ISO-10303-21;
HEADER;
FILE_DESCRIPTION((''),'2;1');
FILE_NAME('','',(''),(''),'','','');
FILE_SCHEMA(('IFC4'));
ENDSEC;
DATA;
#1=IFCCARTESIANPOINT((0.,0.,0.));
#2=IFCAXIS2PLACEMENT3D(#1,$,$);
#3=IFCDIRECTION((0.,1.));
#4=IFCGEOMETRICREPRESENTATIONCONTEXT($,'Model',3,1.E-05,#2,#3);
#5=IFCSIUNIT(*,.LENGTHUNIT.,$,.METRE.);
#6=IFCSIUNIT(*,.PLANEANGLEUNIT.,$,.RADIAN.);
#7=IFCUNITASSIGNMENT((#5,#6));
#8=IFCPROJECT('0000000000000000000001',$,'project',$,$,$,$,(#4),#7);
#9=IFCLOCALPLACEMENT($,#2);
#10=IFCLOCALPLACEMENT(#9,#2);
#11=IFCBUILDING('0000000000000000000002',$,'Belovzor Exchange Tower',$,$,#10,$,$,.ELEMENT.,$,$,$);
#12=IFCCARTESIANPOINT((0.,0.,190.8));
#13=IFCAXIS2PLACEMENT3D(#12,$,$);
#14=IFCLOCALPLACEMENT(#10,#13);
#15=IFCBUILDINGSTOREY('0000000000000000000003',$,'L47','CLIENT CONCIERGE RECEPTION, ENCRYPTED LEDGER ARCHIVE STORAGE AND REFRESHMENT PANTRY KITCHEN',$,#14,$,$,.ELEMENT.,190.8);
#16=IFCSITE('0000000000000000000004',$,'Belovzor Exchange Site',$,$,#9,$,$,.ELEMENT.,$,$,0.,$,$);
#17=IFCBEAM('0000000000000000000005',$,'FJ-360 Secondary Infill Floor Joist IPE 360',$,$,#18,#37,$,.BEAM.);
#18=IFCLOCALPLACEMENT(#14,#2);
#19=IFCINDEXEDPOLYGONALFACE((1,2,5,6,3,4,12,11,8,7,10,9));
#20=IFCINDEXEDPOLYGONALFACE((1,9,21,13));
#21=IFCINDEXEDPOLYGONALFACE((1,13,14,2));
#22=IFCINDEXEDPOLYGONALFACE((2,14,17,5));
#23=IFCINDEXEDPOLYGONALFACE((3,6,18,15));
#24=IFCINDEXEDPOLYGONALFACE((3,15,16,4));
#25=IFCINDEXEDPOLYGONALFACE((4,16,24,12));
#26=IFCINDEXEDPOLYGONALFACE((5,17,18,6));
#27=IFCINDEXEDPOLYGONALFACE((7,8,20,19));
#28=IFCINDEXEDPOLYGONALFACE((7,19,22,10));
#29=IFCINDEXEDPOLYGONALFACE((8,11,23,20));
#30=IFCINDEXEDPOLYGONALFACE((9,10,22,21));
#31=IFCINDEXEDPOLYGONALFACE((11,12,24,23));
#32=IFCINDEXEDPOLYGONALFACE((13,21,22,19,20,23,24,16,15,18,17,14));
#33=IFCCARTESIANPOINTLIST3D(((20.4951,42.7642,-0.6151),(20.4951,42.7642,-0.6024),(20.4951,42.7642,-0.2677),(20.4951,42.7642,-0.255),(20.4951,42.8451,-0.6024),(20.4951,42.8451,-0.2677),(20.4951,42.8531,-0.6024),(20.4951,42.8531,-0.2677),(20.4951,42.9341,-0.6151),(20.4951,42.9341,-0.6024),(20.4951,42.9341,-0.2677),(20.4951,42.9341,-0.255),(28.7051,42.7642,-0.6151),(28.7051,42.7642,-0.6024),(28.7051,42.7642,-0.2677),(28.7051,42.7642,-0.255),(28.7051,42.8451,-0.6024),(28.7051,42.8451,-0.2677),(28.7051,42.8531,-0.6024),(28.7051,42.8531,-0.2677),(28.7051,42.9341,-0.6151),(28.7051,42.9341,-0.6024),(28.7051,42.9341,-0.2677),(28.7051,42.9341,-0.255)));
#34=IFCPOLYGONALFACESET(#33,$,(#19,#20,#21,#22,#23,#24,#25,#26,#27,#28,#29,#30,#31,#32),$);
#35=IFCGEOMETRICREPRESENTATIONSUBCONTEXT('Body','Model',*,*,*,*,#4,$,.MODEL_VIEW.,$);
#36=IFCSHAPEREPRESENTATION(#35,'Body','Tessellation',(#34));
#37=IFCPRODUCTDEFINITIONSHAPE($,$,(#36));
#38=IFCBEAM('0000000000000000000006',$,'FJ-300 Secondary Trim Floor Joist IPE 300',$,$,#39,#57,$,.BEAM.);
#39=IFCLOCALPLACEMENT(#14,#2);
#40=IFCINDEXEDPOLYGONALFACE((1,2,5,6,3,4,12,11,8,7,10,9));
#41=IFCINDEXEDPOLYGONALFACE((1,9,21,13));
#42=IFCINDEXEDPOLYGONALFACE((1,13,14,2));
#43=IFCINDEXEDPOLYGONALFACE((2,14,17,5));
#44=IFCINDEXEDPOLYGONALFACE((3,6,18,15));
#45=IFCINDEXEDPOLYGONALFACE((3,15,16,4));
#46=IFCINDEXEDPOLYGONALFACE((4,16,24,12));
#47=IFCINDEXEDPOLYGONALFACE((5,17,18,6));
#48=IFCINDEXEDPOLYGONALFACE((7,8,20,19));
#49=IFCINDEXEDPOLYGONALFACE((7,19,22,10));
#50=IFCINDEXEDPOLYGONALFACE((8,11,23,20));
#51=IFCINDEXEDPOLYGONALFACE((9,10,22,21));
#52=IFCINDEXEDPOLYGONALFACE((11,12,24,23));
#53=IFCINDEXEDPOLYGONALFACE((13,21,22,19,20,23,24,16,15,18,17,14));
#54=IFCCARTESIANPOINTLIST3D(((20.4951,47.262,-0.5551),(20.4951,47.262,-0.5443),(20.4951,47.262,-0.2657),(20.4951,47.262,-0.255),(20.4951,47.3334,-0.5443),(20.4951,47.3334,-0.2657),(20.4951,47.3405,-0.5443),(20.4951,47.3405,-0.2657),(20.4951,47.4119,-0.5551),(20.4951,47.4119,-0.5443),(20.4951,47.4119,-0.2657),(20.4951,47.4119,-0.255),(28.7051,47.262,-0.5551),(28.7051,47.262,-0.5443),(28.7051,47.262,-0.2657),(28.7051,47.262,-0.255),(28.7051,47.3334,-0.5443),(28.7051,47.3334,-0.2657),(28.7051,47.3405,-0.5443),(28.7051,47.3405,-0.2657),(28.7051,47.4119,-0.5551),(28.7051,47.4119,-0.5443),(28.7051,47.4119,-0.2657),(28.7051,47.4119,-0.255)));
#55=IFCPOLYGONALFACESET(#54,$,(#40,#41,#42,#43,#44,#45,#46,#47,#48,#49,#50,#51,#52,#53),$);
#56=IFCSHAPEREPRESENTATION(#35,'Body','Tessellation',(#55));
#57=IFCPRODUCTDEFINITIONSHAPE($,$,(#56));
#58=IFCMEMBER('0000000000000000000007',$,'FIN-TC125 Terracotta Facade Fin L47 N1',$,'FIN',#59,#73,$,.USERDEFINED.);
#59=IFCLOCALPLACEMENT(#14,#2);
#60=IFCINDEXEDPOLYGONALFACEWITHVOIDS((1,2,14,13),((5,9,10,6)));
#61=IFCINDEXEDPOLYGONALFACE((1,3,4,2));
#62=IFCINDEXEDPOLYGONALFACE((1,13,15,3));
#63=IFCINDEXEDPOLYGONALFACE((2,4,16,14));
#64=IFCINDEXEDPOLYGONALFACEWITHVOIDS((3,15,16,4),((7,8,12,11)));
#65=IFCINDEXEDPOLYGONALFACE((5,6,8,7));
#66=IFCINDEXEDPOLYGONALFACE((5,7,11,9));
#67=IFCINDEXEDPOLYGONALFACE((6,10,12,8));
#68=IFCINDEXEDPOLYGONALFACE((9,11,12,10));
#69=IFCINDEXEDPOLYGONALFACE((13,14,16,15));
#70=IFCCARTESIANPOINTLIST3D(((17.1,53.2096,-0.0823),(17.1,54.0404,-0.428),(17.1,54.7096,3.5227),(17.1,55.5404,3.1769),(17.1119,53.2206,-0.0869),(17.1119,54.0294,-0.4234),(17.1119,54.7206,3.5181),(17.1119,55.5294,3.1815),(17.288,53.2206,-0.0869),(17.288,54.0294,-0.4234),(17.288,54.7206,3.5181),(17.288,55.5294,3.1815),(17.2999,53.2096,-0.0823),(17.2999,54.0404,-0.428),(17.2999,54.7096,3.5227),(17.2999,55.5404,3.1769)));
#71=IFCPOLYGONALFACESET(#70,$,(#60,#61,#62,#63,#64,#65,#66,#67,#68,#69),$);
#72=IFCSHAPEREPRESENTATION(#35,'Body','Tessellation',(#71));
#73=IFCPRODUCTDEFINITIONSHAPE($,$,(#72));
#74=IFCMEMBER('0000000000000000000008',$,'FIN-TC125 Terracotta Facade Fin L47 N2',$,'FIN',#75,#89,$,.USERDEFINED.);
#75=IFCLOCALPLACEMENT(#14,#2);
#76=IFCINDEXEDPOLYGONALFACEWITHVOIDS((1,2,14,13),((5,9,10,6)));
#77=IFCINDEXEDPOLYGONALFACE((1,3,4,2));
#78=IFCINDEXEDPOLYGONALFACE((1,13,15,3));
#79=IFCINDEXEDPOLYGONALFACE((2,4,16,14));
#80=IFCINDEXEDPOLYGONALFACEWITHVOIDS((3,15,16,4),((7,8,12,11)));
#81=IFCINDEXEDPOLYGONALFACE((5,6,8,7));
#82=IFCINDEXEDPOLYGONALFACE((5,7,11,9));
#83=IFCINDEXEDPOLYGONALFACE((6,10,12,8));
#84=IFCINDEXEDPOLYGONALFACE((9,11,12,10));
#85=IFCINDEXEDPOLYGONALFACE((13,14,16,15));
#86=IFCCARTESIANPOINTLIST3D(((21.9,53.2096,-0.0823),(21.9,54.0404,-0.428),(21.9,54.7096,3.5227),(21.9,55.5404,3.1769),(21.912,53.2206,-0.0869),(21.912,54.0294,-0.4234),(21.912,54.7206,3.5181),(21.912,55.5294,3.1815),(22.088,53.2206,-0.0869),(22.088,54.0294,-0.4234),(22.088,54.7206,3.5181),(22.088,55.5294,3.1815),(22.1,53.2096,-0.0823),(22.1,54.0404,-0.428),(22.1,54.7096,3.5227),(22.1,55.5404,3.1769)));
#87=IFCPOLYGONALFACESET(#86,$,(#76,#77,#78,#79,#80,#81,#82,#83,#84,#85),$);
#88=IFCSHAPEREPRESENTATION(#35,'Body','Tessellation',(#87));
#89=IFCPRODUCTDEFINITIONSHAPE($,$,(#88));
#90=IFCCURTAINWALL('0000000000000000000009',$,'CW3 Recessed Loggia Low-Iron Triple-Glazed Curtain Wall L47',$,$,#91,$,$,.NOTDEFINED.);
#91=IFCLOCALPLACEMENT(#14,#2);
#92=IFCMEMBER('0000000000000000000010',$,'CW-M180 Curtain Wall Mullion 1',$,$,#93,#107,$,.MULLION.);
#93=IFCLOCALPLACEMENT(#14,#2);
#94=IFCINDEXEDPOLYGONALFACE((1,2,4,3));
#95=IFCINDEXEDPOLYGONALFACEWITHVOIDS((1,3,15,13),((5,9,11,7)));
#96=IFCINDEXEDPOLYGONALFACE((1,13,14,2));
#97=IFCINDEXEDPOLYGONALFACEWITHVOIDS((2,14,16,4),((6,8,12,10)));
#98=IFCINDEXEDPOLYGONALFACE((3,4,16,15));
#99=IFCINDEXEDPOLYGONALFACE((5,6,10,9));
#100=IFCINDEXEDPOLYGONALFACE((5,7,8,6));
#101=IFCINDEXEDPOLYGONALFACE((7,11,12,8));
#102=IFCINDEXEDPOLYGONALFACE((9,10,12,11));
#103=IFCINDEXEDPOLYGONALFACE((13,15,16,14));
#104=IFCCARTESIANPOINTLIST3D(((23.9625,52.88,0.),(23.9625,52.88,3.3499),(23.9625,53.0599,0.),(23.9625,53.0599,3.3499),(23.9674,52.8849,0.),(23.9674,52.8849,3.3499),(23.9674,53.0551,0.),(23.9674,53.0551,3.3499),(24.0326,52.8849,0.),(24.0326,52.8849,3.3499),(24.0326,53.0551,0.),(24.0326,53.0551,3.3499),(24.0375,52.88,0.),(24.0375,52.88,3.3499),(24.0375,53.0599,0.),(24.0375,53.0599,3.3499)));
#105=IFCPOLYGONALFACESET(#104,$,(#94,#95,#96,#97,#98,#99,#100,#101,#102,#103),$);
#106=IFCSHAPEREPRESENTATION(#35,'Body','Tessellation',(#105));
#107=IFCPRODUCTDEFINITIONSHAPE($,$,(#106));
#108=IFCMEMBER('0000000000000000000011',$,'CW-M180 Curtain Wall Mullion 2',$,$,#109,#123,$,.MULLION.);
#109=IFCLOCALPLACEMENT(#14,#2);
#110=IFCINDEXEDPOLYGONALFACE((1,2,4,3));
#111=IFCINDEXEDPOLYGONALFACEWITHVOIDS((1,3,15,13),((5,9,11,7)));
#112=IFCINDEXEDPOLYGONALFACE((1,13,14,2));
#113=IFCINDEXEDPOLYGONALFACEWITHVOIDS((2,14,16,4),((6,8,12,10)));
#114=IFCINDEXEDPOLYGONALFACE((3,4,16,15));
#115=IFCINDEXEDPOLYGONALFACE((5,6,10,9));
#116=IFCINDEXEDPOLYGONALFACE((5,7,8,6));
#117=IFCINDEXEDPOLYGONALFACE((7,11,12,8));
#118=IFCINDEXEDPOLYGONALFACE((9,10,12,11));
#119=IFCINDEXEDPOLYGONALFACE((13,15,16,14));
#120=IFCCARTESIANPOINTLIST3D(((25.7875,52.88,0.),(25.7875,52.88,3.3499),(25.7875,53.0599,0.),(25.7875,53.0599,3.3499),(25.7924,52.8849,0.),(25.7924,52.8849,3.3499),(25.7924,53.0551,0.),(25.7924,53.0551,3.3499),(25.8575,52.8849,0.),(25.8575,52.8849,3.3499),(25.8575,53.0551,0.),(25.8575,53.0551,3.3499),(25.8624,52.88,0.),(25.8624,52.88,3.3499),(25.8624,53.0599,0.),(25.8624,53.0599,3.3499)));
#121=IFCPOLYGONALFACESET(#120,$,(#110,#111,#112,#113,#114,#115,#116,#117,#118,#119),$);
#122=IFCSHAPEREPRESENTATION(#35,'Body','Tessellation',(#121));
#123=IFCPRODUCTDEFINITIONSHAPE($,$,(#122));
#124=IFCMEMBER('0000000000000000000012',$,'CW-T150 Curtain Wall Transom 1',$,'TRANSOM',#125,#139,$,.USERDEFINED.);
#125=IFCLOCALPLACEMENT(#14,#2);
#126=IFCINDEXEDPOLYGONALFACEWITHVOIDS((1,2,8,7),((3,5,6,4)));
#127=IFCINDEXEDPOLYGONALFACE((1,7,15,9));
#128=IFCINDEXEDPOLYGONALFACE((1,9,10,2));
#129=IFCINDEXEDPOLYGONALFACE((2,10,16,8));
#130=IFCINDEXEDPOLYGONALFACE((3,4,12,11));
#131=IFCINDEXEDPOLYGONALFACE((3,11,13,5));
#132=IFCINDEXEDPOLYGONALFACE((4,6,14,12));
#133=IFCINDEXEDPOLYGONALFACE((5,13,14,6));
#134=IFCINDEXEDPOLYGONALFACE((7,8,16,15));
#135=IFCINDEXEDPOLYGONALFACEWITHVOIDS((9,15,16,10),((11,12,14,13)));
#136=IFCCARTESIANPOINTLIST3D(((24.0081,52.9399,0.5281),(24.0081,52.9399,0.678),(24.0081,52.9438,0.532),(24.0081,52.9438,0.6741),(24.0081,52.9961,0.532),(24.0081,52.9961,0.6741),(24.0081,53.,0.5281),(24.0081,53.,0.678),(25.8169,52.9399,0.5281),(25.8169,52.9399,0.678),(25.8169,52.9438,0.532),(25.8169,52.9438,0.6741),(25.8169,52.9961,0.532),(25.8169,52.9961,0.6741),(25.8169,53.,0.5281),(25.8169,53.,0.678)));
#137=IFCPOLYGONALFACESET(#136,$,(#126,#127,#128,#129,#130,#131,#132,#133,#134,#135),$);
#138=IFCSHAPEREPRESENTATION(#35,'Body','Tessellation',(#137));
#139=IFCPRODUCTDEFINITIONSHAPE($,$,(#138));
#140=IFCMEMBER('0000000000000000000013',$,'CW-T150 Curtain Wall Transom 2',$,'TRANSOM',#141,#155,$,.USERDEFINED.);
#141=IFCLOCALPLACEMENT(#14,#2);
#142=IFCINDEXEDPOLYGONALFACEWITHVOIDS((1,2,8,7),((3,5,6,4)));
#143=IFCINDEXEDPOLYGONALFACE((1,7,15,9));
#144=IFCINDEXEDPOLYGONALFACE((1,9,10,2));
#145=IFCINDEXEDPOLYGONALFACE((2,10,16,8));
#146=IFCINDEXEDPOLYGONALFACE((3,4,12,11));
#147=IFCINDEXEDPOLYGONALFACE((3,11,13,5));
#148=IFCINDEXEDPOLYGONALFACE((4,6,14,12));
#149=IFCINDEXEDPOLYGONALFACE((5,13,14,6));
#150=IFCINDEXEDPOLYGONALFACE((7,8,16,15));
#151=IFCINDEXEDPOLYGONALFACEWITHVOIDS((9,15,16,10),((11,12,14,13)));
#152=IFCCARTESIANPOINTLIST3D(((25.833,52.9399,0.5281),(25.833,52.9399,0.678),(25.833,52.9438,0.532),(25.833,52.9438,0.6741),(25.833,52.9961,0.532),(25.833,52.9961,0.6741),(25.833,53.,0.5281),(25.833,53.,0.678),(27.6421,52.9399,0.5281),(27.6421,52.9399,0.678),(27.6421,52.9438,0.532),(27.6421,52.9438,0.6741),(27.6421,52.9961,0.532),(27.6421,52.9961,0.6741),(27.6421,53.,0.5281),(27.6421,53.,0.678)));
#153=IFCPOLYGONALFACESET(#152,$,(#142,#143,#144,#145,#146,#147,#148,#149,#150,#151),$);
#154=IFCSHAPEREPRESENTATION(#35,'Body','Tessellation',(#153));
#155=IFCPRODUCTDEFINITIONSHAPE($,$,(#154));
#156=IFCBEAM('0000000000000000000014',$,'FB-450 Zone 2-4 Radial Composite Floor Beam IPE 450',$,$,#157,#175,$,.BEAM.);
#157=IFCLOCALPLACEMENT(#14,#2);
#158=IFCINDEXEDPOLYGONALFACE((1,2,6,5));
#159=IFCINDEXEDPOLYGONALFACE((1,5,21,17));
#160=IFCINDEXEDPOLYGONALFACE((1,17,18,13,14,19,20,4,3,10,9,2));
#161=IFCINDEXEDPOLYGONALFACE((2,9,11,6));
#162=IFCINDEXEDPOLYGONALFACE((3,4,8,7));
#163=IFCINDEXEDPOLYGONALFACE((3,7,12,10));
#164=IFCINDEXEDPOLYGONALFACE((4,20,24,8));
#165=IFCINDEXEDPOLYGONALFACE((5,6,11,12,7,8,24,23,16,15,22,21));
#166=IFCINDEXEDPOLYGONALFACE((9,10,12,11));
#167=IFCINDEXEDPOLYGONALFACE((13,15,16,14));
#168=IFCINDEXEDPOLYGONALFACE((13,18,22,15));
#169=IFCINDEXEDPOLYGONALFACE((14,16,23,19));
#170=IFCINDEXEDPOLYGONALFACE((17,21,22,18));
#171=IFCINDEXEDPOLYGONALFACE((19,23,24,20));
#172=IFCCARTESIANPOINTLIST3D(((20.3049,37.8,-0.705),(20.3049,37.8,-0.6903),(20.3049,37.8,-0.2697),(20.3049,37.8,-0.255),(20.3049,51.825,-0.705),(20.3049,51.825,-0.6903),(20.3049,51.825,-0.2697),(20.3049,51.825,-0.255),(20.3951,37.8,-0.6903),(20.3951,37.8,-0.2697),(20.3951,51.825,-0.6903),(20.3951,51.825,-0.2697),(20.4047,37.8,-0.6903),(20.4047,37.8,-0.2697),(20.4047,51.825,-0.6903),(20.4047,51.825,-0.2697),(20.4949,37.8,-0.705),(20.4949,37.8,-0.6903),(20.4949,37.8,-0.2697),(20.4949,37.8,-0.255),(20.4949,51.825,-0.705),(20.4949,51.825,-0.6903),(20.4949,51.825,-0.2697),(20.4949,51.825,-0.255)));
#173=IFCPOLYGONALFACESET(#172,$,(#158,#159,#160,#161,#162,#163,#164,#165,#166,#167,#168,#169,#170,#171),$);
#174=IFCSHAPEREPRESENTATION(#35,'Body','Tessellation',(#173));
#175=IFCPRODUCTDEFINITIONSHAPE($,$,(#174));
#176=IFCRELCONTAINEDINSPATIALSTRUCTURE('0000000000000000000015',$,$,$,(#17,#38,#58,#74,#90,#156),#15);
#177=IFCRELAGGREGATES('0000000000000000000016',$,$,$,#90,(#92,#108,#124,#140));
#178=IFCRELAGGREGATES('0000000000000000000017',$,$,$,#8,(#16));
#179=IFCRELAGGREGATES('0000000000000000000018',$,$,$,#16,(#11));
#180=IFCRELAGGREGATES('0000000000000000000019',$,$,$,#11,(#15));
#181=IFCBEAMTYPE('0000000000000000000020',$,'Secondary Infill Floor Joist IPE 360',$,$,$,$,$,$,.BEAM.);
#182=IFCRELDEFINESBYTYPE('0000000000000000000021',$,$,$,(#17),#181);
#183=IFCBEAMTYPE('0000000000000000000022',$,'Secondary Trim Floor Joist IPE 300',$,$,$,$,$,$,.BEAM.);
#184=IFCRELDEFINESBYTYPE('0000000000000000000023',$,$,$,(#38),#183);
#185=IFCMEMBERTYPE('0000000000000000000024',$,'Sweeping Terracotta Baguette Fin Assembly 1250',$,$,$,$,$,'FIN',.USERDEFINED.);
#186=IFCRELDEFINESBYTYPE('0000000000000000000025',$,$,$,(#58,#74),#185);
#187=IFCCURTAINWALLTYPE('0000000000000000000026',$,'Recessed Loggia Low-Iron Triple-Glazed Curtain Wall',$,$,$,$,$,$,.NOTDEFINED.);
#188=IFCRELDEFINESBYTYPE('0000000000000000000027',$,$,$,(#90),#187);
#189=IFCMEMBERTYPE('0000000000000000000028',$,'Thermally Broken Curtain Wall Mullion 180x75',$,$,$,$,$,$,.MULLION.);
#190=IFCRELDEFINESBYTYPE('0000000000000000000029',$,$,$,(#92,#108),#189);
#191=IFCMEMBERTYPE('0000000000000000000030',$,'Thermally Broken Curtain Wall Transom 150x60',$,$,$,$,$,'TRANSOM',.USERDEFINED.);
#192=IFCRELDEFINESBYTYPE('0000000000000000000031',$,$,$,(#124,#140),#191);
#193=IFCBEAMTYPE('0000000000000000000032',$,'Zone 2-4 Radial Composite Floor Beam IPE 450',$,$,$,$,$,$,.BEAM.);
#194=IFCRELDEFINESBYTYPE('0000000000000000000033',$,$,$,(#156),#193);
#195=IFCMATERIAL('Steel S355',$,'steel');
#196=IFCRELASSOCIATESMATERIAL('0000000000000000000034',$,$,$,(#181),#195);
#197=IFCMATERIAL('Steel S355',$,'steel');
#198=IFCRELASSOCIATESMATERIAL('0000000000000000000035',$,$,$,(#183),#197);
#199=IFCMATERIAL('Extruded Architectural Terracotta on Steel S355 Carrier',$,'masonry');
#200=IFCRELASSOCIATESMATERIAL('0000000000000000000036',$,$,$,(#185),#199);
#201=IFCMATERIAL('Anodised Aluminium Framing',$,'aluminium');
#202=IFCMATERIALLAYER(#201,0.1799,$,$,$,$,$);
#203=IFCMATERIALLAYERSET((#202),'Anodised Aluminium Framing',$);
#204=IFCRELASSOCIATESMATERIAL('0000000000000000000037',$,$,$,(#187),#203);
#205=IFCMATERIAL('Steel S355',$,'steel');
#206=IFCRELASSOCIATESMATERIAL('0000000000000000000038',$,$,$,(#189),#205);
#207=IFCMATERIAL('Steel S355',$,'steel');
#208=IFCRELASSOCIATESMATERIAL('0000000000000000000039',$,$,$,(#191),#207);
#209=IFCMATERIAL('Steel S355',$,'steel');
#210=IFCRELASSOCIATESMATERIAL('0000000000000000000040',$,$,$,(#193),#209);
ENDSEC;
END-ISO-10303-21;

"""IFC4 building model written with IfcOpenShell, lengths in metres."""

from ifc_helpers import new_model, si_unit, direction, frame, origin, origin_2d, place, context, subcontext, project, spatial, hollow_rectangle, i_section, extrude, material, layer, layer_set, material_profile, profile_set, type_object, element, aggregate, save


model = new_model("IFC4")

# Units and contexts
model_context = context("Model", 3, precision=1e-05, world=origin(), true_north=direction((0.0, 1.0)))
body_context = subcontext(model_context, "Body", "Model", "MODEL_VIEW")
ifc_project = project(units=[si_unit("LENGTHUNIT", "METRE"), si_unit("PLANEANGLEUNIT", "RADIAN")], contexts=[model_context])

# Site, building, storey
site_placement = place(None, origin())
site = spatial("IfcSite", under=ifc_project, at=site_placement, Name="Belovzor Exchange Site", CompositionType="ELEMENT", RefElevation=0.0)
building_placement = place(site_placement, origin())
building = spatial("IfcBuilding", under=site, at=building_placement, Name="Belovzor Exchange Tower", CompositionType="ELEMENT")
storey_placement = place(building_placement, frame((0.0, 0.0, 190.8)))
storey = spatial("IfcBuildingStorey", under=building, at=storey_placement, Name="L47", Description="CLIENT CONCIERGE RECEPTION, ENCRYPTED LEDGER ARCHIVE STORAGE AND REFRESHMENT PANTRY KITCHEN", CompositionType="ELEMENT", Elevation=190.8)

# Beams
ifc_material_1 = material(Name="Steel S355", Category="steel")
ifc_material_profile_1 = material_profile(ifc_material_1, i_section(OverallWidth=0.1699, OverallDepth=0.3601, WebThickness=0.0081, FlangeThickness=0.0127, at=origin_2d()))
ifc_profile_set_1 = profile_set([ifc_material_profile_1], Name="Steel S355")
beam_type_1 = type_object("IfcBeamType", Name="Secondary Infill Floor Joist IPE 360", PredefinedType="BEAM", material=ifc_profile_set_1)
beam_1_placement = place(storey_placement, frame((20.4951, 42.8491, -0.4351), z_axis=(1.0, 0.0, 0.0), x_axis=(0.0, 1.0, 0.0)))
element("IfcBeam", 1, at=beam_1_placement, inside=storey, type_object=beam_type_1, Name="FJ-360 Secondary Infill Floor Joist IPE 360", PredefinedType="BEAM", context=body_context, shape_type="SweptSolid", body=[
    extrude(i_section(OverallWidth=0.1699, OverallDepth=0.3601, WebThickness=0.0081, FlangeThickness=0.0127, at=origin_2d()), origin(), (0.0, 0.0, 1.0), 8.21),
])
ifc_material_2 = material(Name="Steel S355", Category="steel")
ifc_material_profile_2 = material_profile(ifc_material_2, i_section(OverallWidth=0.1499, OverallDepth=0.3, WebThickness=0.0071, FlangeThickness=0.0107, at=origin_2d()))
ifc_profile_set_2 = profile_set([ifc_material_profile_2], Name="Steel S355")
beam_type_2 = type_object("IfcBeamType", Name="Secondary Trim Floor Joist IPE 300", PredefinedType="BEAM", material=ifc_profile_set_2)
beam_2_placement = place(storey_placement, frame((20.4951, 47.3369, -0.405), z_axis=(1.0, 0.0, 0.0), x_axis=(0.0, 1.0, 0.0)))
element("IfcBeam", 2, at=beam_2_placement, inside=storey, type_object=beam_type_2, Name="FJ-300 Secondary Trim Floor Joist IPE 300", PredefinedType="BEAM", context=body_context, shape_type="SweptSolid", body=[
    extrude(i_section(OverallWidth=0.1499, OverallDepth=0.3, WebThickness=0.0071, FlangeThickness=0.0107, at=origin_2d()), origin(), (0.0, 0.0, 1.0), 8.21),
])

# Members
ifc_material_3 = material(Name="Extruded Architectural Terracotta on Steel S355 Carrier", Category="masonry")
ifc_material_profile_3 = material_profile(ifc_material_3, hollow_rectangle(XDim=0.2, YDim=0.8999, WallThickness=0.012, at=origin_2d()))
ifc_profile_set_3 = profile_set([ifc_material_profile_3], Name="Extruded Architectural Terracotta on Steel S355 Carrier")
member_type_1 = type_object("IfcMemberType", Name="Sweeping Terracotta Baguette Fin Assembly 1250", ElementType="FIN", PredefinedType="USERDEFINED", material=ifc_profile_set_3)
for number, where, z_axis, x_axis, name in (
    (3, (17.2, 53.625, -0.2551), (0.0, 0.384162, 0.923266), (-1.0, 0.0, 0.0), "FIN-TC125 Terracotta Facade Fin L47 N1"),
    (4, (22.0, 53.625, -0.2551), (0.0, 0.384162, 0.923266), (-1.0, 0.0, 0.0), "FIN-TC125 Terracotta Facade Fin L47 N2"),
):
    element("IfcMember", number, at=place(storey_placement, frame(where, z_axis=z_axis, x_axis=x_axis)), inside=storey, type_object=member_type_1, Name=name, ObjectType="FIN", PredefinedType="USERDEFINED", context=body_context, shape_type="SweptSolid", body=[
        extrude(hollow_rectangle(XDim=0.2, YDim=0.8999, WallThickness=0.012, at=origin_2d()), origin(), (0.0, 0.0, 1.0), 3.9045),
    ])

# Curtain wall, members
ifc_material_4 = material(Name="Anodised Aluminium Framing", Category="aluminium")
ifc_layer_1 = layer(ifc_material_4, 0.1799)
ifc_layer_set_1 = layer_set([ifc_layer_1], Name="Anodised Aluminium Framing")
curtain_wall_type = type_object("IfcCurtainWallType", Name="Recessed Loggia Low-Iron Triple-Glazed Curtain Wall", PredefinedType="NOTDEFINED", material=ifc_layer_set_1)
curtain_wall_placement = place(storey_placement, origin())
curtain_wall = element("IfcCurtainWall", 5, at=curtain_wall_placement, inside=storey, type_object=curtain_wall_type, Name="CW3 Recessed Loggia Low-Iron Triple-Glazed Curtain Wall L47", PredefinedType="NOTDEFINED")
ifc_material_5 = material(Name="Steel S355", Category="steel")
ifc_material_profile_4 = material_profile(ifc_material_5, hollow_rectangle(XDim=0.075, YDim=0.1799, WallThickness=0.0049, at=origin_2d()))
ifc_profile_set_4 = profile_set([ifc_material_profile_4], Name="Steel S355")
member_type_2 = type_object("IfcMemberType", Name="Thermally Broken Curtain Wall Mullion 180x75", PredefinedType="MULLION", material=ifc_profile_set_4)
member_1_placement = place(storey_placement, frame((24.0, 52.97, 0.0), z_axis=(0.0, 0.0, 1.0), x_axis=(1.0, 0.0, 0.0)))
member_1 = element("IfcMember", 6, at=member_1_placement, type_object=member_type_2, Name="CW-M180 Curtain Wall Mullion 1", PredefinedType="MULLION", context=body_context, shape_type="SweptSolid", body=[
    extrude(hollow_rectangle(XDim=0.075, YDim=0.1799, WallThickness=0.0049, at=origin_2d()), origin(), (0.0, 0.0, 1.0), 3.3499),
])
member_2_placement = place(storey_placement, frame((25.825, 52.97, 0.0), z_axis=(0.0, 0.0, 1.0), x_axis=(1.0, 0.0, 0.0)))
member_2 = element("IfcMember", 7, at=member_2_placement, type_object=member_type_2, Name="CW-M180 Curtain Wall Mullion 2", PredefinedType="MULLION", context=body_context, shape_type="SweptSolid", body=[
    extrude(hollow_rectangle(XDim=0.075, YDim=0.1799, WallThickness=0.0049, at=origin_2d()), origin(), (0.0, 0.0, 1.0), 3.3499),
])
ifc_material_6 = material(Name="Steel S355", Category="steel")
ifc_material_profile_5 = material_profile(ifc_material_6, hollow_rectangle(XDim=0.0601, YDim=0.1499, WallThickness=0.0039, at=origin_2d()))
ifc_profile_set_5 = profile_set([ifc_material_profile_5], Name="Steel S355")
member_type_3 = type_object("IfcMemberType", Name="Thermally Broken Curtain Wall Transom 150x60", ElementType="TRANSOM", PredefinedType="USERDEFINED", material=ifc_profile_set_5)
member_3_placement = place(storey_placement, frame((24.0081, 52.97, 0.603), z_axis=(1.0, 0.0, 0.0), x_axis=(0.0, 1.0, 0.0)))
member_3 = element("IfcMember", 8, at=member_3_placement, type_object=member_type_3, Name="CW-T150 Curtain Wall Transom 1", ObjectType="TRANSOM", PredefinedType="USERDEFINED", context=body_context, shape_type="SweptSolid", body=[
    extrude(hollow_rectangle(XDim=0.0601, YDim=0.1499, WallThickness=0.0039, at=origin_2d()), origin(), (0.0, 0.0, 1.0), 1.8088),
])
member_4_placement = place(storey_placement, frame((25.833, 52.97, 0.603), z_axis=(1.0, 0.0, 0.0), x_axis=(0.0, 1.0, 0.0)))
member_4 = element("IfcMember", 9, at=member_4_placement, type_object=member_type_3, Name="CW-T150 Curtain Wall Transom 2", ObjectType="TRANSOM", PredefinedType="USERDEFINED", context=body_context, shape_type="SweptSolid", body=[
    extrude(hollow_rectangle(XDim=0.0601, YDim=0.1499, WallThickness=0.0039, at=origin_2d()), origin(), (0.0, 0.0, 1.0), 1.8091),
])

# Beam
ifc_material_7 = material(Name="Steel S355", Category="steel")
ifc_material_profile_6 = material_profile(ifc_material_7, i_section(OverallWidth=0.1899, OverallDepth=0.45, WebThickness=0.0095, FlangeThickness=0.0146, at=origin_2d()))
ifc_profile_set_6 = profile_set([ifc_material_profile_6], Name="Steel S355")
beam_type_3 = type_object("IfcBeamType", Name="Zone 2-4 Radial Composite Floor Beam IPE 450", PredefinedType="BEAM", material=ifc_profile_set_6)
beam_3_placement = place(storey_placement, frame((20.3999, 37.8, -0.48), z_axis=(0.0, 1.0, 0.0), x_axis=(-1.0, 0.0, 0.0)))
element("IfcBeam", 10, at=beam_3_placement, inside=storey, type_object=beam_type_3, Name="FB-450 Zone 2-4 Radial Composite Floor Beam IPE 450", PredefinedType="BEAM", context=body_context, shape_type="SweptSolid", body=[
    extrude(i_section(OverallWidth=0.1899, OverallDepth=0.45, WebThickness=0.0095, FlangeThickness=0.0146, at=origin_2d()), origin(), (0.0, 0.0, 1.0), 14.0249),
])

aggregate(curtain_wall, [member_1, member_2, member_3, member_4])

save(model, "model.ifc")
